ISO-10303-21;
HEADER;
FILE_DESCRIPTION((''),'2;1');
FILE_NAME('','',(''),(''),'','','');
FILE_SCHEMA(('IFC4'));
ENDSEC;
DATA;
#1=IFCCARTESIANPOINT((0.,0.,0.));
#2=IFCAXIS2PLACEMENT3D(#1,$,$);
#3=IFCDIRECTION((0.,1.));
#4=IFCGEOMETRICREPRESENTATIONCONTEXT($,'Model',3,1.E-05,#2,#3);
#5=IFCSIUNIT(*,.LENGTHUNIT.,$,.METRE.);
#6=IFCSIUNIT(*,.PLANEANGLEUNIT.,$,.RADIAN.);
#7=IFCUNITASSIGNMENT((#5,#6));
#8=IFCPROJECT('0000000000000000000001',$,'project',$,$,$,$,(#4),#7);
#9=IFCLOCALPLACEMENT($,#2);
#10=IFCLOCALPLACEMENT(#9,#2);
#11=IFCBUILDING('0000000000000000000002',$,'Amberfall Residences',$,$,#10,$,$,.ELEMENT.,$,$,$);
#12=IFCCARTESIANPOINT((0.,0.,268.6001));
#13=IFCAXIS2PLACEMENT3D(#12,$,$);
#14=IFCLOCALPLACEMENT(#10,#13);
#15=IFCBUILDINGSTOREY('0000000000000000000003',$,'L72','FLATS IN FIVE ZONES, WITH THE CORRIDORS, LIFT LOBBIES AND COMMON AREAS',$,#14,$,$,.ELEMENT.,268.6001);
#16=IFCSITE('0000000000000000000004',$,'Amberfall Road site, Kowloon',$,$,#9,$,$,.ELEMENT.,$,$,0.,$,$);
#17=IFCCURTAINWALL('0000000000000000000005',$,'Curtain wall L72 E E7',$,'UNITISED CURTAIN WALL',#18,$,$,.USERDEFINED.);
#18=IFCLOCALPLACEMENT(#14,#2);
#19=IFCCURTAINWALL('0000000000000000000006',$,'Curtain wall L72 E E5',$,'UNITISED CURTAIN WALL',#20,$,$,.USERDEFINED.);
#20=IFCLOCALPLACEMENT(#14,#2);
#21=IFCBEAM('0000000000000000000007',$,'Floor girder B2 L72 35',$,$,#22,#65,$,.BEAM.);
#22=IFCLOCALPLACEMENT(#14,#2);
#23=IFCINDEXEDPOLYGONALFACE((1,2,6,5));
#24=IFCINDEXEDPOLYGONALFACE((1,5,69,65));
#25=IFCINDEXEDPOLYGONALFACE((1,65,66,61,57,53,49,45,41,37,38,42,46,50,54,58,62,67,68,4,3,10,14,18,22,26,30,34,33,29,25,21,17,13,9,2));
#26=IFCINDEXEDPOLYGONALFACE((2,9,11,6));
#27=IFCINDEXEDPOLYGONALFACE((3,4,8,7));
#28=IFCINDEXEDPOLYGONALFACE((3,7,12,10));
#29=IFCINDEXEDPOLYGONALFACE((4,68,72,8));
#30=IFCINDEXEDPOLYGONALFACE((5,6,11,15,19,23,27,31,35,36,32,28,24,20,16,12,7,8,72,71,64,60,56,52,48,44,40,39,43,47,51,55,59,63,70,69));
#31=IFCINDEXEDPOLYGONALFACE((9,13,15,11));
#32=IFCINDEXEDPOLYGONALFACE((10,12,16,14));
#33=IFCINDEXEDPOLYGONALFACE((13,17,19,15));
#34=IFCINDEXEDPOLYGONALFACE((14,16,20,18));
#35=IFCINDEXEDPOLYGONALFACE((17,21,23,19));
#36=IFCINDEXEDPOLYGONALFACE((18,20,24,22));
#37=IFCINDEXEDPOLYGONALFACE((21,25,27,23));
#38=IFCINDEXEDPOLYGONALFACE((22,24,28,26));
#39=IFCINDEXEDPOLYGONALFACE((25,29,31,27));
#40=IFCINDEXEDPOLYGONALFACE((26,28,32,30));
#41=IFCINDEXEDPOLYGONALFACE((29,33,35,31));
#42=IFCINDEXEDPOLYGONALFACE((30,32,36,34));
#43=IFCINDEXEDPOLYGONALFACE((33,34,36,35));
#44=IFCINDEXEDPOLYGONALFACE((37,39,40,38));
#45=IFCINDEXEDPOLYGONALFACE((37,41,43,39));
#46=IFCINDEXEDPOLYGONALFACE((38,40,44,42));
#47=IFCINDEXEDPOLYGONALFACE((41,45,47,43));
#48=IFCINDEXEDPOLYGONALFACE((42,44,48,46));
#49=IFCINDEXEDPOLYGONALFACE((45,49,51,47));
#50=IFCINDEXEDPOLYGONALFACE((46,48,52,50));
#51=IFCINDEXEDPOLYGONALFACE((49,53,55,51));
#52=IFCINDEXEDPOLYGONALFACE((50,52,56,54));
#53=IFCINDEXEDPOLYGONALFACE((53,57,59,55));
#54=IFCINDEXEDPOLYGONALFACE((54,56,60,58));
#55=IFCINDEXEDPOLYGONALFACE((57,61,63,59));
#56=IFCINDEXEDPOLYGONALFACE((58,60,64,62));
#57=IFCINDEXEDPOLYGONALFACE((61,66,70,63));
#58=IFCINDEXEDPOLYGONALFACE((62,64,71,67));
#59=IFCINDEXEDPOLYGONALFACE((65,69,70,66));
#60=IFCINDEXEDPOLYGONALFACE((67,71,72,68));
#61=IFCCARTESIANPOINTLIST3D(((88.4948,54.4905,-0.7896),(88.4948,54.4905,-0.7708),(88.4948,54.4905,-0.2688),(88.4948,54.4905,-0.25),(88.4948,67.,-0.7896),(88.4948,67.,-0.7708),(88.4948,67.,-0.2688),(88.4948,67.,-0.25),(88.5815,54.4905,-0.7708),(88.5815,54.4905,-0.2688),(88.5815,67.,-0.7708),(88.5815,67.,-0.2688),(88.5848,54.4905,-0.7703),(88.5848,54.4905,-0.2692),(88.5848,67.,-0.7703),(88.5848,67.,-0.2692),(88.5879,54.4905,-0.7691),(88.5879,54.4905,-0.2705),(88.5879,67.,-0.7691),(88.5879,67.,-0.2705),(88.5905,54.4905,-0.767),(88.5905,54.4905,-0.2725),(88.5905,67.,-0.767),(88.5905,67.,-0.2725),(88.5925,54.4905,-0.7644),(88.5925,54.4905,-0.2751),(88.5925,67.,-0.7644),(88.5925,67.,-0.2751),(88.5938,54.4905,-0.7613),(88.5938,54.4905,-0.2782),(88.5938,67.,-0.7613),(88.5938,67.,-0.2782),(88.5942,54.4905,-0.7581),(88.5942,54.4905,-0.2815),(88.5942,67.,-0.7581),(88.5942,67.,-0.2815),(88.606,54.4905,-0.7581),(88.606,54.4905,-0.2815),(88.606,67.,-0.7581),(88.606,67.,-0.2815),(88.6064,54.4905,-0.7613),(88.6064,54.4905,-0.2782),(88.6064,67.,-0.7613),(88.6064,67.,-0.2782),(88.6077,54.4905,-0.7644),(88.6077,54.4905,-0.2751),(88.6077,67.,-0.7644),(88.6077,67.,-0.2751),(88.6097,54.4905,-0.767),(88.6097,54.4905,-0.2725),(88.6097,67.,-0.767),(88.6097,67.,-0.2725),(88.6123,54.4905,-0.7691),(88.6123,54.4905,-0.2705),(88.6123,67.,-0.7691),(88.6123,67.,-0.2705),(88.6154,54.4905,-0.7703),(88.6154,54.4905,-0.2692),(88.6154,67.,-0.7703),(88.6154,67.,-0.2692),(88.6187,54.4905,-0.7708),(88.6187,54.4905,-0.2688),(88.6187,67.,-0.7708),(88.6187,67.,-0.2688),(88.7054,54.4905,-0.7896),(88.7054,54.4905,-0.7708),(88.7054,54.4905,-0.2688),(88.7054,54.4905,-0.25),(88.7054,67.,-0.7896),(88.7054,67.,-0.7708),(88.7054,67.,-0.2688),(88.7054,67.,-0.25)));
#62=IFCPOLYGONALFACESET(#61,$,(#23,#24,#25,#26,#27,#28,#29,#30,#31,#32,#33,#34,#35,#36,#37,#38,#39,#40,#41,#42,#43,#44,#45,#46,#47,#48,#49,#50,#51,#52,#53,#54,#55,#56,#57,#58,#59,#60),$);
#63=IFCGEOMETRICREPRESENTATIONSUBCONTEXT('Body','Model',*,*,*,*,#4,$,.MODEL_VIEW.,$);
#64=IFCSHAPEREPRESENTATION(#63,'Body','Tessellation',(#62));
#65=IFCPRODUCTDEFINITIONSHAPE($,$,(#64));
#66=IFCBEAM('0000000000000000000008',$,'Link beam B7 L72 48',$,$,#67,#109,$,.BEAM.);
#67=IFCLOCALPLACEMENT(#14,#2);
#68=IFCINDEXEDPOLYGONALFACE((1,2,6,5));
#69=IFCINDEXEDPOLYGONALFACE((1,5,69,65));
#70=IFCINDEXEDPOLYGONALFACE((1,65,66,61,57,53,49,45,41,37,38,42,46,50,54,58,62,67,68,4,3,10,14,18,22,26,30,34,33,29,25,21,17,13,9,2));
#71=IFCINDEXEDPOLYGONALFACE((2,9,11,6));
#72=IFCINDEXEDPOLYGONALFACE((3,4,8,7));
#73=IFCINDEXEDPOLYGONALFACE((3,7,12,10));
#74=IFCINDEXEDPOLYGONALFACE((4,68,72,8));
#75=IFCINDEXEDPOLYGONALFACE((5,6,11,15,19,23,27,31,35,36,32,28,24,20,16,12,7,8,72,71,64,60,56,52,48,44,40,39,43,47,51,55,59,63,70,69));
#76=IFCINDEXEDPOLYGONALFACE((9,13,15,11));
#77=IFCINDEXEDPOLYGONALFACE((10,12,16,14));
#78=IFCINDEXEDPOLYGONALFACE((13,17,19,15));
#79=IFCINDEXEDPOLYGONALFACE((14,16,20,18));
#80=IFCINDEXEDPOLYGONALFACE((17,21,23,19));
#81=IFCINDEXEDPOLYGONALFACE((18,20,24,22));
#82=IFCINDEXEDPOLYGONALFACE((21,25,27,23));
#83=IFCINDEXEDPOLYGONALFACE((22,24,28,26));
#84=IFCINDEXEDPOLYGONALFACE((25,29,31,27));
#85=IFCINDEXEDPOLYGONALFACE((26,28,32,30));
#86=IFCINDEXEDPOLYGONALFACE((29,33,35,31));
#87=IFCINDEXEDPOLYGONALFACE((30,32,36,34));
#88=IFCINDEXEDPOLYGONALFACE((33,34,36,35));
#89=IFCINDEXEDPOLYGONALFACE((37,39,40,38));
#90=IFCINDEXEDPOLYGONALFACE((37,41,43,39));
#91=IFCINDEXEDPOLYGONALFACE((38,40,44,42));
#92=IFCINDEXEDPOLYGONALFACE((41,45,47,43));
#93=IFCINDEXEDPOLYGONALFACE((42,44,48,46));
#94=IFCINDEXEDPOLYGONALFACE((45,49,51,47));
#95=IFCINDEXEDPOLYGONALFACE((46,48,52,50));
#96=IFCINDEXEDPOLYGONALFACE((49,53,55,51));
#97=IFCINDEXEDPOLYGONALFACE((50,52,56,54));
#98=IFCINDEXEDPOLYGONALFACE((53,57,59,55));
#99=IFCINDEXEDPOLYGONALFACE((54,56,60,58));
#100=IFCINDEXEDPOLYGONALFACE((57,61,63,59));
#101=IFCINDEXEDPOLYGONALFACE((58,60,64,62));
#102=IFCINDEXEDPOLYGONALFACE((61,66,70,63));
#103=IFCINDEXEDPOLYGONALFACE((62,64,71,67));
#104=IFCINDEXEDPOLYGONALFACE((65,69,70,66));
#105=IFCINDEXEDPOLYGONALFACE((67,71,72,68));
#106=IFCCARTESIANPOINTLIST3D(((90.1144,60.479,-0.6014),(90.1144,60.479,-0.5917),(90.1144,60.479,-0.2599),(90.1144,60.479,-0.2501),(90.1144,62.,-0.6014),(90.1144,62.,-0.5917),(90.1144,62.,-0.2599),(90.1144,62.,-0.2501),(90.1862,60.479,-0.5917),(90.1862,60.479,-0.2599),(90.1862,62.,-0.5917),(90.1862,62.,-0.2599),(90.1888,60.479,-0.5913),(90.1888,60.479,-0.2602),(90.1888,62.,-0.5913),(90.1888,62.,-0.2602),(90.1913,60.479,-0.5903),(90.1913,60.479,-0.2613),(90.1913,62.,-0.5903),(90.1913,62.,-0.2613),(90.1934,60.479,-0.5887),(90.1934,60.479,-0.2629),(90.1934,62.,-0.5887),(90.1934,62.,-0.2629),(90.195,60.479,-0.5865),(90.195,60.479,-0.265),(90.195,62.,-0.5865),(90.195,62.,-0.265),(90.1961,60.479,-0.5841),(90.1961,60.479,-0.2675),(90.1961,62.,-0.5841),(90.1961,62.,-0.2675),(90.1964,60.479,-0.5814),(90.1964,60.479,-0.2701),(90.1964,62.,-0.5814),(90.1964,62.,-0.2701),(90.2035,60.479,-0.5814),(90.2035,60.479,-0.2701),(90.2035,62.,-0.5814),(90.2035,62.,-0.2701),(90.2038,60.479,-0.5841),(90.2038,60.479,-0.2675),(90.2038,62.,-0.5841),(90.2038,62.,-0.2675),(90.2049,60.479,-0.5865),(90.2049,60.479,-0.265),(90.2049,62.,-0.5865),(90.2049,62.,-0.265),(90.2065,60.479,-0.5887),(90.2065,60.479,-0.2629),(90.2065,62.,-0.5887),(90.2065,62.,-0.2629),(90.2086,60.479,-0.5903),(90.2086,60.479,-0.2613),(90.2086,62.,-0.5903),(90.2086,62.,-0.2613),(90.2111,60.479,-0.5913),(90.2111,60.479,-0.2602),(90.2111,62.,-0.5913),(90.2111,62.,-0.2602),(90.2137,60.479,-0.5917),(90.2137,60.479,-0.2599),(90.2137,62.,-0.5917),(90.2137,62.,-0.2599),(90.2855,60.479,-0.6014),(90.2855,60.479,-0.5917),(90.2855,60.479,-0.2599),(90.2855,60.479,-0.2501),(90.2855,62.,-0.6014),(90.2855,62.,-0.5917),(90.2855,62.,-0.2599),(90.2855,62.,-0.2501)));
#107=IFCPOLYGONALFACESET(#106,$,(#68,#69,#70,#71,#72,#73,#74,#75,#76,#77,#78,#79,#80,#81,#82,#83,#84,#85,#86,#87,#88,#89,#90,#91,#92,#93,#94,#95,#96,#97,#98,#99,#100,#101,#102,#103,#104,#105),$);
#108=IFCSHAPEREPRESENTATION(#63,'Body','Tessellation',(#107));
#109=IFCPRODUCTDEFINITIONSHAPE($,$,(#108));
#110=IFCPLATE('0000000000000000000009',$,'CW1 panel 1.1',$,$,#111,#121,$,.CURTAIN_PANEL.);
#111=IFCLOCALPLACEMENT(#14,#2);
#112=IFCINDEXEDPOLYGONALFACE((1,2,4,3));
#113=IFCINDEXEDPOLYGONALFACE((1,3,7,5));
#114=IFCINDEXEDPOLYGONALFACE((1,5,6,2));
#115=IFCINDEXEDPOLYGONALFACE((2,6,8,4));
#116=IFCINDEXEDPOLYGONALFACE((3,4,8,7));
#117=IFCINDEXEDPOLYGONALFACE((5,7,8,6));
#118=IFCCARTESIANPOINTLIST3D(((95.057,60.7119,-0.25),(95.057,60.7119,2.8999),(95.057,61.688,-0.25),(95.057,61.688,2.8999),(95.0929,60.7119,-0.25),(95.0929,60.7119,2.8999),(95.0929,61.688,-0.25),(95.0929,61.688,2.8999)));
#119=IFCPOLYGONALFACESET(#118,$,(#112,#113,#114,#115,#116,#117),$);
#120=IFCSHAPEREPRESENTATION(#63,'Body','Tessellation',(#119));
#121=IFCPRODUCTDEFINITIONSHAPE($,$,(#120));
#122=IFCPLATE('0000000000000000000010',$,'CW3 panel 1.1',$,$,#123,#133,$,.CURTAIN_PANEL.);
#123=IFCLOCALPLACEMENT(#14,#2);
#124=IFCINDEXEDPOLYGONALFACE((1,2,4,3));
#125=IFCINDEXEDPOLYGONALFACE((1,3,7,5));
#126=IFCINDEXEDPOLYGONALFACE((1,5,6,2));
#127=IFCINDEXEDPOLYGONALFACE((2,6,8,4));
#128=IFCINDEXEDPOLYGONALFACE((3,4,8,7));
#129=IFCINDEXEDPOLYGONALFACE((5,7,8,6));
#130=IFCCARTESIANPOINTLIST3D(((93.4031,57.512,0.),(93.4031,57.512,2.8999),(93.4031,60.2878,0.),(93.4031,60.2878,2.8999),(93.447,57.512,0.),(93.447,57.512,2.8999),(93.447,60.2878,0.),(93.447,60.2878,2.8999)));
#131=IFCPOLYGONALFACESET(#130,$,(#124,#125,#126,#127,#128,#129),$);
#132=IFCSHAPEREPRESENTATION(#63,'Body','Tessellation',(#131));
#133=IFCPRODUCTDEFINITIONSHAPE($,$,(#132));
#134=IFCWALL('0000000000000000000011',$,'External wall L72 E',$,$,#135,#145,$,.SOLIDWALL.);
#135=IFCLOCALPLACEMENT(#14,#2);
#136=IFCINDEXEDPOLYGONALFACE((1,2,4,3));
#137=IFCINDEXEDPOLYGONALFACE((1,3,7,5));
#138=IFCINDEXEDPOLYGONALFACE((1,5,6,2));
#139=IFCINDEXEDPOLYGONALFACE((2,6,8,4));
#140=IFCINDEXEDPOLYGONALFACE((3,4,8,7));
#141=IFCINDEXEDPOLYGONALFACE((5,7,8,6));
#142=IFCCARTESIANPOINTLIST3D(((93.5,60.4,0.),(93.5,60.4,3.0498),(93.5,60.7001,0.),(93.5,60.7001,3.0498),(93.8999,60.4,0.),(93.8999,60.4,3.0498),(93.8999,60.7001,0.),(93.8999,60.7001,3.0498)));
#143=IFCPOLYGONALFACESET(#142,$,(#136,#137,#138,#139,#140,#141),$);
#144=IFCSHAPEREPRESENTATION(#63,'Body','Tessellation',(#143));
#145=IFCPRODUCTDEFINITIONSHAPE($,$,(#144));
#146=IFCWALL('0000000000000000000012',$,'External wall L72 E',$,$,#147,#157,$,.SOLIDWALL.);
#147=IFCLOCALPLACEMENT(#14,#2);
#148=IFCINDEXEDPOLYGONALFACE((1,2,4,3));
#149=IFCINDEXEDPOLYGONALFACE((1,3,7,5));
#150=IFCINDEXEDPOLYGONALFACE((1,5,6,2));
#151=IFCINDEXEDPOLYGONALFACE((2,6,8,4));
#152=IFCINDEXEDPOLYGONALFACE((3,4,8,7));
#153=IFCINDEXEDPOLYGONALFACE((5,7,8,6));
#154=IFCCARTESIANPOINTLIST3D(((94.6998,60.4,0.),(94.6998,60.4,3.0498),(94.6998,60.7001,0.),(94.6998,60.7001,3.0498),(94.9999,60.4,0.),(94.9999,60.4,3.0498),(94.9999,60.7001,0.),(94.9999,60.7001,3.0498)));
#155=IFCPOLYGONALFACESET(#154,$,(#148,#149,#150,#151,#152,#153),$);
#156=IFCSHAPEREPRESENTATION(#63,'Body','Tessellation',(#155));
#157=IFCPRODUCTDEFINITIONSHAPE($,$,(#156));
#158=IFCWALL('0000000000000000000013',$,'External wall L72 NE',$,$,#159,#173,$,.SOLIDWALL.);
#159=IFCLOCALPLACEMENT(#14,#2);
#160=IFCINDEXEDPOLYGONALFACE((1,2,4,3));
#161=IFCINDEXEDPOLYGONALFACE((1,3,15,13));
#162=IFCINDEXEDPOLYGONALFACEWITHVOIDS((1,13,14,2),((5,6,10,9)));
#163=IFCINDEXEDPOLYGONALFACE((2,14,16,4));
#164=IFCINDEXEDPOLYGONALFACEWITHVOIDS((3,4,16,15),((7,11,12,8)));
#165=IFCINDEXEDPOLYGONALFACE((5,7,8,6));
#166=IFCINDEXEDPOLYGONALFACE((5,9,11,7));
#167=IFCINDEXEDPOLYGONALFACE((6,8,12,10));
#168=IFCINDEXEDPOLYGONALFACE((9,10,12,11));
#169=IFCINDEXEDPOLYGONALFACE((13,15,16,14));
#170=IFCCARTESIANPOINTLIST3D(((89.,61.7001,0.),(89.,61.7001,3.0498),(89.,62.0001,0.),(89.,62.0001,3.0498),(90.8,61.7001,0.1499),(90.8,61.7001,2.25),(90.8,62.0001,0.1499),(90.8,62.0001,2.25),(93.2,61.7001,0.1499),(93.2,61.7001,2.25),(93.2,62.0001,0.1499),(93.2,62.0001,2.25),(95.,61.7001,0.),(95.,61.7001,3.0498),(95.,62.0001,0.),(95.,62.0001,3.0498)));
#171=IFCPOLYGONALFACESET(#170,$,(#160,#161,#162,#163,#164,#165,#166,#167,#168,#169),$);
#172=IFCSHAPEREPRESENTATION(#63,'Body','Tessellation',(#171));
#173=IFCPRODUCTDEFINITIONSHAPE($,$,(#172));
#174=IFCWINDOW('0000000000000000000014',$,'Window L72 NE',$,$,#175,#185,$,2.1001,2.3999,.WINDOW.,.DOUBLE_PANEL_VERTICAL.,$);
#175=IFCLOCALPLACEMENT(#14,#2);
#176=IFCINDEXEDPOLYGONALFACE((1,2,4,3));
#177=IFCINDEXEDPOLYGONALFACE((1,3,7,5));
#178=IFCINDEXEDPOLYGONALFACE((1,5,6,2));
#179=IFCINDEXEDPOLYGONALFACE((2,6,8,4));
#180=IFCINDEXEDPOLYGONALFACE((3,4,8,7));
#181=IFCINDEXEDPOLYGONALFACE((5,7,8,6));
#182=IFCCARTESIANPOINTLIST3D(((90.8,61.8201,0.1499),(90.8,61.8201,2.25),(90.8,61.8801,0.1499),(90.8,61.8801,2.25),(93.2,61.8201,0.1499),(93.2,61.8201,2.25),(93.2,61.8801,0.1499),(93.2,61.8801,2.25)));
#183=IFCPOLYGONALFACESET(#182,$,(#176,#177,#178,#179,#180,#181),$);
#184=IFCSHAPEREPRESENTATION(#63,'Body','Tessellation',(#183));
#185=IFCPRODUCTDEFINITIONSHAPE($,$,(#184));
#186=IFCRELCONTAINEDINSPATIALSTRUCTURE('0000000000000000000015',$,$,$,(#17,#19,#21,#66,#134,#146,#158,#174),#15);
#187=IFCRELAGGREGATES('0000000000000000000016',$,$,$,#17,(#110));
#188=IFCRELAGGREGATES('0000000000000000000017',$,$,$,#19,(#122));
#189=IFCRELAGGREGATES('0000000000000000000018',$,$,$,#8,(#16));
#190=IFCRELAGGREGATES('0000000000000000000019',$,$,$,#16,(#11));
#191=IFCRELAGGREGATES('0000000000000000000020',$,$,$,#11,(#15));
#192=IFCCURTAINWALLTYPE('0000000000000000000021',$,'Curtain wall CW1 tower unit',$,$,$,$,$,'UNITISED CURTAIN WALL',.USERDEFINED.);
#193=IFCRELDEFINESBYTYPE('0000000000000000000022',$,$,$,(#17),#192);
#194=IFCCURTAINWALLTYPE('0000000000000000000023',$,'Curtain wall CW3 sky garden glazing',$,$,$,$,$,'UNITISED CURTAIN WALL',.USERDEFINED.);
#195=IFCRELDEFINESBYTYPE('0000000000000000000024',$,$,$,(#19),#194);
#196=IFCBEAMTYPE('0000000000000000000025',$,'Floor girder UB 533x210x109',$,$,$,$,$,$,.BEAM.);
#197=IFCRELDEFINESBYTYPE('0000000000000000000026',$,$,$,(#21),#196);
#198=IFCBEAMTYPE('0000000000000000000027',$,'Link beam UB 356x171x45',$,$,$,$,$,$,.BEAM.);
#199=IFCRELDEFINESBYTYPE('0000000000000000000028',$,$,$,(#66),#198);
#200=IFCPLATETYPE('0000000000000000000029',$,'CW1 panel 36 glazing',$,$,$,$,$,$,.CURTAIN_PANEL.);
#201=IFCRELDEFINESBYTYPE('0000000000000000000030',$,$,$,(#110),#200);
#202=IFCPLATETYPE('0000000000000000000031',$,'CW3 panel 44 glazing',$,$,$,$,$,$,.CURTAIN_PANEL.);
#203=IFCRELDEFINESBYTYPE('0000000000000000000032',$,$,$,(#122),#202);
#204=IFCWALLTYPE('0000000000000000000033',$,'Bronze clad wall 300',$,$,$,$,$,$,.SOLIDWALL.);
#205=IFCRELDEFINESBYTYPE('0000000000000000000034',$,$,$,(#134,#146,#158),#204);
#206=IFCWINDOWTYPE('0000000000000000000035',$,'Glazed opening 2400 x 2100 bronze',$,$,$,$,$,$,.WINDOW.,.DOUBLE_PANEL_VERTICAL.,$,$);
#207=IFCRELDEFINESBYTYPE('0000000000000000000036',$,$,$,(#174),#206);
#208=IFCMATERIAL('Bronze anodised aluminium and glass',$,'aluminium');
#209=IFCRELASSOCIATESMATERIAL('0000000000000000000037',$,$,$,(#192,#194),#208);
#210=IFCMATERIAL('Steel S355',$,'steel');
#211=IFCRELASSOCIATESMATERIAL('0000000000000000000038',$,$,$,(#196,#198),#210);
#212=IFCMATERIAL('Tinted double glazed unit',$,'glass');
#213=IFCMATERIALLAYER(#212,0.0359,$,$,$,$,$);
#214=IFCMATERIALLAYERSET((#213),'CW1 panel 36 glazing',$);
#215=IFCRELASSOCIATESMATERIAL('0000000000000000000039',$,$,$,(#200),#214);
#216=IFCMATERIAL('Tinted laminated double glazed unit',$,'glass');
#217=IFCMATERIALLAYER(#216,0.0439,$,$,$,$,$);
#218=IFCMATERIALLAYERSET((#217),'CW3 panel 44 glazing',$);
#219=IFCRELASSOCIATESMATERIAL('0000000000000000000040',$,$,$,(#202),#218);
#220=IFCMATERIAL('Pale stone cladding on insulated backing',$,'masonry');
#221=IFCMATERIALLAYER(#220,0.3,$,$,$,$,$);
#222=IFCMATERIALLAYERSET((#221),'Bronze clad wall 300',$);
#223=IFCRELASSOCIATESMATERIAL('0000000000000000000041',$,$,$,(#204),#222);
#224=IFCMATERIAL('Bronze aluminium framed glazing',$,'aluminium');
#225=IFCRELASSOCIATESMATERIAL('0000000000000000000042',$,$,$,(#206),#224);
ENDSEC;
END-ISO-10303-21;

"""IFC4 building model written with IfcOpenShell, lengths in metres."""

from ifc_helpers import new_model, si_unit, direction, frame, frame_2d, origin, origin_2d, place, context, subcontext, project, spatial, rectangle, i_section, extrude, material, layer, layer_set, material_profile, profile_set, type_object, element, fill, aggregate, save


model = new_model("IFC4")

# Units and contexts
model_context = context("Model", 3, precision=1e-05, world=origin(), true_north=direction((0.0, 1.0)))
body_context = subcontext(model_context, "Body", "Model", "MODEL_VIEW")
ifc_project = project(units=[si_unit("LENGTHUNIT", "METRE"), si_unit("PLANEANGLEUNIT", "RADIAN")], contexts=[model_context])

# Site, building, storey
site_placement = place(None, origin())
site = spatial("IfcSite", under=ifc_project, at=site_placement, Name="Amberfall Road site, Kowloon", CompositionType="ELEMENT", RefElevation=0.0)
building_placement = place(site_placement, origin())
building = spatial("IfcBuilding", under=site, at=building_placement, Name="Amberfall Residences", CompositionType="ELEMENT")
storey_placement = place(building_placement, frame((0.0, 0.0, 268.6001)))
storey = spatial("IfcBuildingStorey", under=building, at=storey_placement, Name="L72", Description="FLATS IN FIVE ZONES, WITH THE CORRIDORS, LIFT LOBBIES AND COMMON AREAS", CompositionType="ELEMENT", Elevation=268.6001)

# Curtain wall
ifc_material_1 = material(Name="Bronze anodised aluminium and glass", Category="aluminium")
curtain_wall_type_1 = type_object("IfcCurtainWallType", Name="Curtain wall CW1 tower unit", ElementType="UNITISED CURTAIN WALL", PredefinedType="USERDEFINED", material=ifc_material_1)
curtain_wall_1_placement = place(storey_placement, origin())
curtain_wall_1 = element("IfcCurtainWall", 1, at=curtain_wall_1_placement, inside=storey, type_object=curtain_wall_type_1, Name="Curtain wall L72 E E7", ObjectType="UNITISED CURTAIN WALL", PredefinedType="USERDEFINED")

# Curtain wall
curtain_wall_type_2 = type_object("IfcCurtainWallType", Name="Curtain wall CW3 sky garden glazing", ElementType="UNITISED CURTAIN WALL", PredefinedType="USERDEFINED", material=ifc_material_1)
curtain_wall_2_placement = place(storey_placement, origin())
curtain_wall_2 = element("IfcCurtainWall", 2, at=curtain_wall_2_placement, inside=storey, type_object=curtain_wall_type_2, Name="Curtain wall L72 E E5", ObjectType="UNITISED CURTAIN WALL", PredefinedType="USERDEFINED")

# Beams
ifc_material_2 = material(Name="Steel S355", Category="steel")
ifc_material_profile_1 = material_profile(ifc_material_2, i_section(OverallWidth=0.2107, OverallDepth=0.5396, WebThickness=0.0117, FlangeThickness=0.0188, FilletRadius=0.0127, at=origin_2d()), Name="UB 533x210x109")
ifc_profile_set_1 = profile_set([ifc_material_profile_1], Name="Steel S355")
beam_type_1 = type_object("IfcBeamType", Name="Floor girder UB 533x210x109", PredefinedType="BEAM", material=ifc_profile_set_1)
beam_1_placement = place(storey_placement, frame((88.6001, 67.0, -0.5198), z_axis=(0.0, -1.0, 0.0), x_axis=(1.0, 0.0, 0.0)))
element("IfcBeam", 3, at=beam_1_placement, inside=storey, type_object=beam_type_1, Name="Floor girder B2 L72 35", PredefinedType="BEAM", context=body_context, shape_type="SweptSolid", body=[
    extrude(i_section(OverallWidth=0.2107, OverallDepth=0.5396, WebThickness=0.0117, FlangeThickness=0.0188, FilletRadius=0.0127, at=origin_2d()), origin(), (0.0, 0.0, 1.0), 12.5095),
])
ifc_material_profile_2 = material_profile(ifc_material_2, i_section(OverallWidth=0.1711, OverallDepth=0.3513, WebThickness=0.0071, FlangeThickness=0.0098, FilletRadius=0.0103, at=origin_2d()), Name="UB 356x171x45")
ifc_profile_set_2 = profile_set([ifc_material_profile_2], Name="Steel S355")
beam_type_2 = type_object("IfcBeamType", Name="Link beam UB 356x171x45", PredefinedType="BEAM", material=ifc_profile_set_2)
beam_2_placement = place(storey_placement, frame((90.2, 62.0, -0.4258), z_axis=(0.0, -1.0, 0.0), x_axis=(1.0, 0.0, 0.0)))
element("IfcBeam", 4, at=beam_2_placement, inside=storey, type_object=beam_type_2, Name="Link beam B7 L72 48", PredefinedType="BEAM", context=body_context, shape_type="SweptSolid", body=[
    extrude(i_section(OverallWidth=0.1711, OverallDepth=0.3513, WebThickness=0.0071, FlangeThickness=0.0098, FilletRadius=0.0103, at=origin_2d()), origin(), (0.0, 0.0, 1.0), 1.521),
])

# Plates
ifc_material_3 = material(Name="Tinted double glazed unit", Category="glass")
ifc_layer_1 = layer(ifc_material_3, 0.0359)
ifc_layer_set_1 = layer_set([ifc_layer_1], Name="CW1 panel 36 glazing")
plate_type_1 = type_object("IfcPlateType", Name="CW1 panel 36 glazing", PredefinedType="CURTAIN_PANEL", material=ifc_layer_set_1)
plate_1_placement = place(storey_placement, frame((95.075, 61.2, -0.25), z_axis=(0.0, 0.0, 1.0), x_axis=(0.0, 1.0, 0.0)))
plate_1 = element("IfcPlate", 5, at=plate_1_placement, type_object=plate_type_1, Name="CW1 panel 1.1", PredefinedType="CURTAIN_PANEL", context=body_context, shape_type="SweptSolid", body=[
    extrude(rectangle(XDim=0.9761, YDim=0.0359, at=origin_2d()), origin(), (0.0, 0.0, 1.0), 3.1499),
])
aggregate(curtain_wall_1, [plate_1])
ifc_material_4 = material(Name="Tinted laminated double glazed unit", Category="glass")
ifc_layer_2 = layer(ifc_material_4, 0.0439)
ifc_layer_set_2 = layer_set([ifc_layer_2], Name="CW3 panel 44 glazing")
plate_type_2 = type_object("IfcPlateType", Name="CW3 panel 44 glazing", PredefinedType="CURTAIN_PANEL", material=ifc_layer_set_2)
plate_2_placement = place(storey_placement, frame((93.425, 58.8999, 0.0), z_axis=(0.0, 0.0, 1.0), x_axis=(0.0, 1.0, 0.0)))
plate_2 = element("IfcPlate", 6, at=plate_2_placement, type_object=plate_type_2, Name="CW3 panel 1.1", PredefinedType="CURTAIN_PANEL", context=body_context, shape_type="SweptSolid", body=[
    extrude(rectangle(XDim=2.7759, YDim=0.0439, at=origin_2d()), origin(), (0.0, 0.0, 1.0), 2.8999),
])
aggregate(curtain_wall_2, [plate_2])

# Walls
ifc_material_5 = material(Name="Pale stone cladding on insulated backing", Category="masonry")
ifc_layer_3 = layer(ifc_material_5, 0.3)
ifc_layer_set_3 = layer_set([ifc_layer_3], Name="Bronze clad wall 300")
wall_type_1 = type_object("IfcWallType", Name="Bronze clad wall 300", PredefinedType="SOLIDWALL", material=ifc_layer_set_3)
wall_1_placement = place(storey_placement, frame((93.5, 60.55, 0.0), z_axis=(0.0, 0.0, 1.0), x_axis=(1.0, 0.0, 0.0)))
element("IfcWall", 7, at=wall_1_placement, inside=storey, type_object=wall_type_1, Name="External wall L72 E", PredefinedType="SOLIDWALL", context=body_context, shape_type="SweptSolid", body=[
    extrude(rectangle(XDim=0.3999, YDim=0.3, at=frame_2d((0.2, 0.0))), origin(), (0.0, 0.0, 1.0), 3.0498),
])
wall_2_placement = place(storey_placement, frame((94.7, 60.55, 0.0), z_axis=(0.0, 0.0, 1.0), x_axis=(1.0, 0.0, 0.0)))
element("IfcWall", 8, at=wall_2_placement, inside=storey, type_object=wall_type_1, Name="External wall L72 E", PredefinedType="SOLIDWALL", context=body_context, shape_type="SweptSolid", body=[
    extrude(rectangle(XDim=0.3, YDim=0.3, at=frame_2d((0.1499, 0.0))), origin(), (0.0, 0.0, 1.0), 3.0498),
])

# Wall, opening, window
wall_3_placement = place(storey_placement, frame((95.0, 61.8501, 0.0), z_axis=(0.0, 0.0, 1.0), x_axis=(-1.0, 0.0, 0.0)))
wall_3 = element("IfcWall", 9, at=wall_3_placement, inside=storey, type_object=wall_type_1, Name="External wall L72 NE", PredefinedType="SOLIDWALL", context=body_context, shape_type="SweptSolid", body=[
    extrude(rectangle(XDim=6.0, YDim=0.3, at=frame_2d((3.0, 0.0))), origin(), (0.0, 0.0, 1.0), 3.0498),
])
opening_placement = place(wall_3_placement, frame((1.8, 0.0, 0.1499)))
opening = element("IfcOpeningElement", 10, at=opening_placement, cuts=wall_3, PredefinedType="OPENING", context=body_context, shape_type="SweptSolid", body=[
    extrude(rectangle(XDim=2.3999, YDim=2.1001, at=frame_2d((1.2, 1.05))), frame((0.0, 0.1599, 0.0), z_axis=(0.0, -1.0, 0.0), x_axis=(1.0, 0.0, 0.0)), (0.0, 0.0, 1.0), 0.3201),
])
ifc_material_6 = material(Name="Bronze aluminium framed glazing", Category="aluminium")
window_type = type_object("IfcWindowType", Name="Glazed opening 2400 x 2100 bronze", PartitioningType="DOUBLE_PANEL_VERTICAL", PredefinedType="WINDOW", material=ifc_material_6)
window_placement = place(opening_placement, origin())
window = element("IfcWindow", 11, at=window_placement, inside=storey, type_object=window_type, Name="Window L72 NE", OverallHeight=2.1001, OverallWidth=2.3999, PartitioningType="DOUBLE_PANEL_VERTICAL", PredefinedType="WINDOW", context=body_context, shape_type="SweptSolid", body=[
    extrude(rectangle(XDim=2.3999, YDim=2.1001, at=frame_2d((1.2, 1.05))), frame((0.0, 0.03, 0.0), z_axis=(0.0, -1.0, 0.0), x_axis=(1.0, 0.0, 0.0)), (0.0, 0.0, 1.0), 0.0601),
])
fill(opening, window)

save(model, "model.ifc")
